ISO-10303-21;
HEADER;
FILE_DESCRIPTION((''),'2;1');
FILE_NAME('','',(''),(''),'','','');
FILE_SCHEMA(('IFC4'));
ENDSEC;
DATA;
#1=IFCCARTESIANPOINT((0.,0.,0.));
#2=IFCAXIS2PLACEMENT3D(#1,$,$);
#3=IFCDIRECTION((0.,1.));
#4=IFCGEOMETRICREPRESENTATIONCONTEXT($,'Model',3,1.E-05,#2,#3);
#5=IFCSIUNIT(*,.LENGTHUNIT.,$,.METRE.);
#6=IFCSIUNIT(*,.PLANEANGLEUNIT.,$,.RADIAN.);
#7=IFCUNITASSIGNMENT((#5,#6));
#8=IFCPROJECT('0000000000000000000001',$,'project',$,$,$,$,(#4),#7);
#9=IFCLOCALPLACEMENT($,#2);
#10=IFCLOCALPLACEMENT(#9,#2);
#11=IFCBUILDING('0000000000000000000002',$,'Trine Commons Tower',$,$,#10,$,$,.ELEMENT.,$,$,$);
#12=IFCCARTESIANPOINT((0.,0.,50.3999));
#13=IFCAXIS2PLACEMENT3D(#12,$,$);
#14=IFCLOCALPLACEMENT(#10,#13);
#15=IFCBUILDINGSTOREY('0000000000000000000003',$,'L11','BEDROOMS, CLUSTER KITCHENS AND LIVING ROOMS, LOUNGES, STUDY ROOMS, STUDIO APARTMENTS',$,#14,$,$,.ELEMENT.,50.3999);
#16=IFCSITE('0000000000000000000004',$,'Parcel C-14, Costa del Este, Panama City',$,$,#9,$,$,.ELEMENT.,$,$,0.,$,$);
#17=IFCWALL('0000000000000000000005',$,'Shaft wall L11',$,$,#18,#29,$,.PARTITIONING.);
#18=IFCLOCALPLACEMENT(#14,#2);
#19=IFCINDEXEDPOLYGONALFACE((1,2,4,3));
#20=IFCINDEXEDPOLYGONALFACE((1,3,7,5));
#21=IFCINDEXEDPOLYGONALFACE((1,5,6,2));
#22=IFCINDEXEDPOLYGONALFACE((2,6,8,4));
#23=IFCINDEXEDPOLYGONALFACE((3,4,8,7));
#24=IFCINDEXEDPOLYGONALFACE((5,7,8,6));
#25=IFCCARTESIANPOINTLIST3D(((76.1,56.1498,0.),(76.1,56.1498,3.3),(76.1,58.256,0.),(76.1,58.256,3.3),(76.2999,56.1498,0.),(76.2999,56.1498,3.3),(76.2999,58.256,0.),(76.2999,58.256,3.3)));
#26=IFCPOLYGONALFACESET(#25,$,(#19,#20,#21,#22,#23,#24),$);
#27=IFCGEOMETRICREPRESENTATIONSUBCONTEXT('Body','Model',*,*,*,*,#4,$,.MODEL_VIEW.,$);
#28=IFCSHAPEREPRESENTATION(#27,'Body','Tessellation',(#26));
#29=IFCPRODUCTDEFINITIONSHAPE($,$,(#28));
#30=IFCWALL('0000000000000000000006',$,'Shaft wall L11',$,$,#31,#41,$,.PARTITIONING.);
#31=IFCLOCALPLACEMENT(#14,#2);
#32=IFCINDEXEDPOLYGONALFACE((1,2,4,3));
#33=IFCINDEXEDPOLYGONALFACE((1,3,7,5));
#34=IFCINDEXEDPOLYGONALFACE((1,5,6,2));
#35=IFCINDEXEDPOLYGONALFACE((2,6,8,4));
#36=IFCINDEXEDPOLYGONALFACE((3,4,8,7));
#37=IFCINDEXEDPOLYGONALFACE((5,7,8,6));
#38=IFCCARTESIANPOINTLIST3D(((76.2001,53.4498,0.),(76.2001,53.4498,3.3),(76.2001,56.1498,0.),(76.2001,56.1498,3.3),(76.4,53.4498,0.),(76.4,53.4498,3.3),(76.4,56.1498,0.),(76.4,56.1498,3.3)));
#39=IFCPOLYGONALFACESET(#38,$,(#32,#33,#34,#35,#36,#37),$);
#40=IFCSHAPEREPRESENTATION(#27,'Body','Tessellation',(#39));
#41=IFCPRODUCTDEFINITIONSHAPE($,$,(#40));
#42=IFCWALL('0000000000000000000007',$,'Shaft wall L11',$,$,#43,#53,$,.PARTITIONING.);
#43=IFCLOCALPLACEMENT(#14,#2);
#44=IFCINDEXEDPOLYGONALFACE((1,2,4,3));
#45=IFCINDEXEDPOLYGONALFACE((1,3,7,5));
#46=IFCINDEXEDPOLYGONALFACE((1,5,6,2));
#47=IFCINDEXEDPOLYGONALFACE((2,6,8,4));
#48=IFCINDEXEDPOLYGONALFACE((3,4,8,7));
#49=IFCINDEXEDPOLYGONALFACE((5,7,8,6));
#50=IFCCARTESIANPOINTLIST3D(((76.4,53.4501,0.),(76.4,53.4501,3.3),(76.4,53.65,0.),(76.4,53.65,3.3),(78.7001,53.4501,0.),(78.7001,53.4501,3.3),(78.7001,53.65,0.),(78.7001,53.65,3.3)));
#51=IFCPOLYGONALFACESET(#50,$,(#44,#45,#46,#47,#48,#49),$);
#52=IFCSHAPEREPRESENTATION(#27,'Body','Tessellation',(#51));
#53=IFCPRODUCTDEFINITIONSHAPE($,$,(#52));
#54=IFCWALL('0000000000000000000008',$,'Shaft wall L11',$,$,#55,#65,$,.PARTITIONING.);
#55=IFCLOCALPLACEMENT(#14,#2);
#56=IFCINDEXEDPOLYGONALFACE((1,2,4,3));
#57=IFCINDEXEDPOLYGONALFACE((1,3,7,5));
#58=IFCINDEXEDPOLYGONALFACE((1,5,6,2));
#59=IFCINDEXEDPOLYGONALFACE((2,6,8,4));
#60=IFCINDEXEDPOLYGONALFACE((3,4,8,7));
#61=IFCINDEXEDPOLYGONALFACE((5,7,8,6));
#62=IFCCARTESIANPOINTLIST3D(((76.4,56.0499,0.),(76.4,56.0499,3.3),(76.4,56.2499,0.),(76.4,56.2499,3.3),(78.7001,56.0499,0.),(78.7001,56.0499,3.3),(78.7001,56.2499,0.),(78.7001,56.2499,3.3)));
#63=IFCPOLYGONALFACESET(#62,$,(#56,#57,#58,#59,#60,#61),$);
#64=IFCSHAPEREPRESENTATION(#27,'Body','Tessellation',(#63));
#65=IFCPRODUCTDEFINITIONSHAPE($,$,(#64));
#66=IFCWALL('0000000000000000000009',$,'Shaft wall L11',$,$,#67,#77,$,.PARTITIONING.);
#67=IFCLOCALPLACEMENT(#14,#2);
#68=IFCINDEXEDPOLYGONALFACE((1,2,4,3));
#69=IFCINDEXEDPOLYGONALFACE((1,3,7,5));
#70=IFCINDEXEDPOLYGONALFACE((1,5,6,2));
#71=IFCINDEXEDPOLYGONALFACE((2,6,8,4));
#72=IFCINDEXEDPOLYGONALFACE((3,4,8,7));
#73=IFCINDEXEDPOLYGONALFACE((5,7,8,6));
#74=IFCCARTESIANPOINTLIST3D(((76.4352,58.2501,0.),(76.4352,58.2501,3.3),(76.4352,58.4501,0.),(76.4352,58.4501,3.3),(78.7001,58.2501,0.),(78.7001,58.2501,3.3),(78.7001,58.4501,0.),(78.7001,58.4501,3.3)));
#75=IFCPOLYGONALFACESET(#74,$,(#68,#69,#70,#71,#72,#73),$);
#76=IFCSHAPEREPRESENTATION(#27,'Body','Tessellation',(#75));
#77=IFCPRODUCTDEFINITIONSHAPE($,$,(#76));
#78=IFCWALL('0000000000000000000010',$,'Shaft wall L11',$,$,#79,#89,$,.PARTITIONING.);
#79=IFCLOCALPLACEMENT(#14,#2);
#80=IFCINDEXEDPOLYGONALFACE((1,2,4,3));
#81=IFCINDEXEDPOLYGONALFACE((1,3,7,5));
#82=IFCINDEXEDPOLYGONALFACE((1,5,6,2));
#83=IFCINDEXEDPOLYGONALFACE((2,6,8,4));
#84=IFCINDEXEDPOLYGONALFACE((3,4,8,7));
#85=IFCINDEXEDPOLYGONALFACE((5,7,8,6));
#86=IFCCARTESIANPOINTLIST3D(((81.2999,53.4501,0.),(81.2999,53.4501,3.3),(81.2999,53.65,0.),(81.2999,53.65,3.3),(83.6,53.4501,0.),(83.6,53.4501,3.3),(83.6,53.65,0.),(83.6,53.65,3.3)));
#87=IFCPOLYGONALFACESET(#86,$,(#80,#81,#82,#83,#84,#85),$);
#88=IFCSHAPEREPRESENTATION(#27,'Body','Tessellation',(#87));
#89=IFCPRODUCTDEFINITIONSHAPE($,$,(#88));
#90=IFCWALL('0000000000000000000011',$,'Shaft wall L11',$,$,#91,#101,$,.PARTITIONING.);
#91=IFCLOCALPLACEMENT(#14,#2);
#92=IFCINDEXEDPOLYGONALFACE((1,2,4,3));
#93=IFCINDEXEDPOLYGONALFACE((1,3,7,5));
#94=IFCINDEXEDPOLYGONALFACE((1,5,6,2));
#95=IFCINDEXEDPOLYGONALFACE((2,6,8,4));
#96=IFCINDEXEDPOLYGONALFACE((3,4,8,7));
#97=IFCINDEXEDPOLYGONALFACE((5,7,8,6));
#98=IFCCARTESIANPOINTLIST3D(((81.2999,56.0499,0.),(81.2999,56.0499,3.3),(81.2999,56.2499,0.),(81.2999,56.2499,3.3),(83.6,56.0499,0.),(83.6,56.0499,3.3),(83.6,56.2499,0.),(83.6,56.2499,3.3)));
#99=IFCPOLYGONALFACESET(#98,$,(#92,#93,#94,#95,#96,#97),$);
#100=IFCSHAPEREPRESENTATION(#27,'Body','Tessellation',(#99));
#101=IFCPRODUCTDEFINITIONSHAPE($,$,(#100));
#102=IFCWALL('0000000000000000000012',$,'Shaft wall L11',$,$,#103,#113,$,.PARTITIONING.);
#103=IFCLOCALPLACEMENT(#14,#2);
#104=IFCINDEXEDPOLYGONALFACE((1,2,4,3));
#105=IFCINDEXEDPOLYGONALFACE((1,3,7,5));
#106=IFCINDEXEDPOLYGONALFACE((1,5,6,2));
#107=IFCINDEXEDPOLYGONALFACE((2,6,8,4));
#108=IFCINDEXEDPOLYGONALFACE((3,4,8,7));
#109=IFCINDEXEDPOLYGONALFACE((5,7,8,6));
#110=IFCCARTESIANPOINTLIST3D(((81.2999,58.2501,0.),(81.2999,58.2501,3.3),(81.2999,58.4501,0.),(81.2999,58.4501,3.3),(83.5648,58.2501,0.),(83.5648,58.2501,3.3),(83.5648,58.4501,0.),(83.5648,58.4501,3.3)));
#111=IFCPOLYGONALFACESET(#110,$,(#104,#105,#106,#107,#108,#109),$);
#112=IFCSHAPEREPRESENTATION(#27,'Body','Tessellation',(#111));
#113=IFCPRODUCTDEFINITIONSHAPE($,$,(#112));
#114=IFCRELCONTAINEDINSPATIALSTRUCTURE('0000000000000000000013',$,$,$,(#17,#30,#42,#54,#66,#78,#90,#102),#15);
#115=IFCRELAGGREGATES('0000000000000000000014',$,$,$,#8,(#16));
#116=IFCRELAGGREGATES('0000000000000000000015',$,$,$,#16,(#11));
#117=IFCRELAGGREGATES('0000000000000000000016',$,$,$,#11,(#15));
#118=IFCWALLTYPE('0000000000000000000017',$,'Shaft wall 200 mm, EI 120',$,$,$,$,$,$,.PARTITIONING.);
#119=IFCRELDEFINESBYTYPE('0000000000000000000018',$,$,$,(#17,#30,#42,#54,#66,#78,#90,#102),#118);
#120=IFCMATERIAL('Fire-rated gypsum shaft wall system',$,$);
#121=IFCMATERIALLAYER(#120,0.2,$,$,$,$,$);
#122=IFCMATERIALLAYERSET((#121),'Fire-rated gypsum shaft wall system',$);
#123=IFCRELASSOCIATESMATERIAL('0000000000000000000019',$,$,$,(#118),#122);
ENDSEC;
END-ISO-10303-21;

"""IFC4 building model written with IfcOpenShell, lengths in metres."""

from ifc_helpers import new_model, si_unit, direction, frame, frame_2d, origin, place, context, subcontext, project, spatial, rectangle, extrude, material, layer, layer_set, type_object, element, save


model = new_model("IFC4")

# Units and contexts
model_context = context("Model", 3, precision=1e-05, world=origin(), true_north=direction((0.0, 1.0)))
body_context = subcontext(model_context, "Body", "Model", "MODEL_VIEW")
ifc_project = project(units=[si_unit("LENGTHUNIT", "METRE"), si_unit("PLANEANGLEUNIT", "RADIAN")], contexts=[model_context])

# Site, building, storey
site_placement = place(None, origin())
site = spatial("IfcSite", under=ifc_project, at=site_placement, Name="Parcel C-14, Costa del Este, Panama City", CompositionType="ELEMENT", RefElevation=0.0)
building_placement = place(site_placement, origin())
building = spatial("IfcBuilding", under=site, at=building_placement, Name="Trine Commons Tower", CompositionType="ELEMENT")
storey_placement = place(building_placement, frame((0.0, 0.0, 50.3999)))
storey = spatial("IfcBuildingStorey", under=building, at=storey_placement, Name="L11", Description="BEDROOMS, CLUSTER KITCHENS AND LIVING ROOMS, LOUNGES, STUDY ROOMS, STUDIO APARTMENTS", CompositionType="ELEMENT", Elevation=50.3999)

# Shared definitions
ifc_material_1 = material(Name="Fire-rated gypsum shaft wall system")

# Walls
ifc_layer_1 = layer(ifc_material_1, 0.2)
ifc_layer_set_1 = layer_set([ifc_layer_1], Name="Fire-rated gypsum shaft wall system")
wall_type_1 = type_object("IfcWallType", Name="Shaft wall 200 mm, EI 120", PredefinedType="PARTITIONING", material=ifc_layer_set_1)
wall_1_placement = place(storey_placement, frame((76.2, 58.2561, 0.0), z_axis=(0.0, 0.0, 1.0), x_axis=(0.0, -1.0, 0.0)))
element("IfcWall", 1, at=wall_1_placement, inside=storey, type_object=wall_type_1, Name="Shaft wall L11", PredefinedType="PARTITIONING", context=body_context, shape_type="SweptSolid", body=[
    extrude(rectangle(XDim=2.1062, YDim=0.2, at=frame_2d((1.0532, 0.0))), origin(), (0.0, 0.0, 1.0), 3.3),
])
wall_2_placement = place(storey_placement, frame((76.3, 56.1499, 0.0), z_axis=(0.0, 0.0, 1.0), x_axis=(0.0, -1.0, 0.0)))
element("IfcWall", 2, at=wall_2_placement, inside=storey, type_object=wall_type_1, Name="Shaft wall L11", PredefinedType="PARTITIONING", context=body_context, shape_type="SweptSolid", body=[
    extrude(rectangle(XDim=2.7, YDim=0.2, at=frame_2d((1.3501, 0.0))), origin(), (0.0, 0.0, 1.0), 3.3),
])
for number, where, z_axis, x_axis, name in (
    (3, (78.7, 53.55, 0.0), (0.0, 0.0, 1.0), (-1.0, 0.0, 0.0), "Shaft wall L11"),
    (4, (78.7, 56.1499, 0.0), (0.0, 0.0, 1.0), (-1.0, 0.0, 0.0), "Shaft wall L11"),
):
    element("IfcWall", number, at=place(storey_placement, frame(where, z_axis=z_axis, x_axis=x_axis)), inside=storey, type_object=wall_type_1, Name=name, PredefinedType="PARTITIONING", context=body_context, shape_type="SweptSolid", body=[
        extrude(rectangle(XDim=2.3, YDim=0.2, at=frame_2d((1.1499, 0.0))), origin(), (0.0, 0.0, 1.0), 3.3),
    ])
wall_3_placement = place(storey_placement, frame((78.7, 58.3501, 0.0), z_axis=(0.0, 0.0, 1.0), x_axis=(-1.0, 0.0, 0.0)))
element("IfcWall", 5, at=wall_3_placement, inside=storey, type_object=wall_type_1, Name="Shaft wall L11", PredefinedType="PARTITIONING", context=body_context, shape_type="SweptSolid", body=[
    extrude(rectangle(XDim=2.2649, YDim=0.2, at=frame_2d((1.1323, 0.0))), origin(), (0.0, 0.0, 1.0), 3.3),
])
for number, where, z_axis, x_axis, name in (
    (6, (81.3, 53.55, 0.0), (0.0, 0.0, 1.0), (1.0, 0.0, 0.0), "Shaft wall L11"),
    (7, (81.3, 56.1499, 0.0), (0.0, 0.0, 1.0), (1.0, 0.0, 0.0), "Shaft wall L11"),
):
    element("IfcWall", number, at=place(storey_placement, frame(where, z_axis=z_axis, x_axis=x_axis)), inside=storey, type_object=wall_type_1, Name=name, PredefinedType="PARTITIONING", context=body_context, shape_type="SweptSolid", body=[
        extrude(rectangle(XDim=2.3, YDim=0.2, at=frame_2d((1.1499, 0.0))), origin(), (0.0, 0.0, 1.0), 3.3),
    ])
wall_4_placement = place(storey_placement, frame((81.3, 58.3501, 0.0), z_axis=(0.0, 0.0, 1.0), x_axis=(1.0, 0.0, 0.0)))
element("IfcWall", 8, at=wall_4_placement, inside=storey, type_object=wall_type_1, Name="Shaft wall L11", PredefinedType="PARTITIONING", context=body_context, shape_type="SweptSolid", body=[
    extrude(rectangle(XDim=2.2649, YDim=0.2, at=frame_2d((1.1323, 0.0))), origin(), (0.0, 0.0, 1.0), 3.3),
])

save(model, "model.ifc")
